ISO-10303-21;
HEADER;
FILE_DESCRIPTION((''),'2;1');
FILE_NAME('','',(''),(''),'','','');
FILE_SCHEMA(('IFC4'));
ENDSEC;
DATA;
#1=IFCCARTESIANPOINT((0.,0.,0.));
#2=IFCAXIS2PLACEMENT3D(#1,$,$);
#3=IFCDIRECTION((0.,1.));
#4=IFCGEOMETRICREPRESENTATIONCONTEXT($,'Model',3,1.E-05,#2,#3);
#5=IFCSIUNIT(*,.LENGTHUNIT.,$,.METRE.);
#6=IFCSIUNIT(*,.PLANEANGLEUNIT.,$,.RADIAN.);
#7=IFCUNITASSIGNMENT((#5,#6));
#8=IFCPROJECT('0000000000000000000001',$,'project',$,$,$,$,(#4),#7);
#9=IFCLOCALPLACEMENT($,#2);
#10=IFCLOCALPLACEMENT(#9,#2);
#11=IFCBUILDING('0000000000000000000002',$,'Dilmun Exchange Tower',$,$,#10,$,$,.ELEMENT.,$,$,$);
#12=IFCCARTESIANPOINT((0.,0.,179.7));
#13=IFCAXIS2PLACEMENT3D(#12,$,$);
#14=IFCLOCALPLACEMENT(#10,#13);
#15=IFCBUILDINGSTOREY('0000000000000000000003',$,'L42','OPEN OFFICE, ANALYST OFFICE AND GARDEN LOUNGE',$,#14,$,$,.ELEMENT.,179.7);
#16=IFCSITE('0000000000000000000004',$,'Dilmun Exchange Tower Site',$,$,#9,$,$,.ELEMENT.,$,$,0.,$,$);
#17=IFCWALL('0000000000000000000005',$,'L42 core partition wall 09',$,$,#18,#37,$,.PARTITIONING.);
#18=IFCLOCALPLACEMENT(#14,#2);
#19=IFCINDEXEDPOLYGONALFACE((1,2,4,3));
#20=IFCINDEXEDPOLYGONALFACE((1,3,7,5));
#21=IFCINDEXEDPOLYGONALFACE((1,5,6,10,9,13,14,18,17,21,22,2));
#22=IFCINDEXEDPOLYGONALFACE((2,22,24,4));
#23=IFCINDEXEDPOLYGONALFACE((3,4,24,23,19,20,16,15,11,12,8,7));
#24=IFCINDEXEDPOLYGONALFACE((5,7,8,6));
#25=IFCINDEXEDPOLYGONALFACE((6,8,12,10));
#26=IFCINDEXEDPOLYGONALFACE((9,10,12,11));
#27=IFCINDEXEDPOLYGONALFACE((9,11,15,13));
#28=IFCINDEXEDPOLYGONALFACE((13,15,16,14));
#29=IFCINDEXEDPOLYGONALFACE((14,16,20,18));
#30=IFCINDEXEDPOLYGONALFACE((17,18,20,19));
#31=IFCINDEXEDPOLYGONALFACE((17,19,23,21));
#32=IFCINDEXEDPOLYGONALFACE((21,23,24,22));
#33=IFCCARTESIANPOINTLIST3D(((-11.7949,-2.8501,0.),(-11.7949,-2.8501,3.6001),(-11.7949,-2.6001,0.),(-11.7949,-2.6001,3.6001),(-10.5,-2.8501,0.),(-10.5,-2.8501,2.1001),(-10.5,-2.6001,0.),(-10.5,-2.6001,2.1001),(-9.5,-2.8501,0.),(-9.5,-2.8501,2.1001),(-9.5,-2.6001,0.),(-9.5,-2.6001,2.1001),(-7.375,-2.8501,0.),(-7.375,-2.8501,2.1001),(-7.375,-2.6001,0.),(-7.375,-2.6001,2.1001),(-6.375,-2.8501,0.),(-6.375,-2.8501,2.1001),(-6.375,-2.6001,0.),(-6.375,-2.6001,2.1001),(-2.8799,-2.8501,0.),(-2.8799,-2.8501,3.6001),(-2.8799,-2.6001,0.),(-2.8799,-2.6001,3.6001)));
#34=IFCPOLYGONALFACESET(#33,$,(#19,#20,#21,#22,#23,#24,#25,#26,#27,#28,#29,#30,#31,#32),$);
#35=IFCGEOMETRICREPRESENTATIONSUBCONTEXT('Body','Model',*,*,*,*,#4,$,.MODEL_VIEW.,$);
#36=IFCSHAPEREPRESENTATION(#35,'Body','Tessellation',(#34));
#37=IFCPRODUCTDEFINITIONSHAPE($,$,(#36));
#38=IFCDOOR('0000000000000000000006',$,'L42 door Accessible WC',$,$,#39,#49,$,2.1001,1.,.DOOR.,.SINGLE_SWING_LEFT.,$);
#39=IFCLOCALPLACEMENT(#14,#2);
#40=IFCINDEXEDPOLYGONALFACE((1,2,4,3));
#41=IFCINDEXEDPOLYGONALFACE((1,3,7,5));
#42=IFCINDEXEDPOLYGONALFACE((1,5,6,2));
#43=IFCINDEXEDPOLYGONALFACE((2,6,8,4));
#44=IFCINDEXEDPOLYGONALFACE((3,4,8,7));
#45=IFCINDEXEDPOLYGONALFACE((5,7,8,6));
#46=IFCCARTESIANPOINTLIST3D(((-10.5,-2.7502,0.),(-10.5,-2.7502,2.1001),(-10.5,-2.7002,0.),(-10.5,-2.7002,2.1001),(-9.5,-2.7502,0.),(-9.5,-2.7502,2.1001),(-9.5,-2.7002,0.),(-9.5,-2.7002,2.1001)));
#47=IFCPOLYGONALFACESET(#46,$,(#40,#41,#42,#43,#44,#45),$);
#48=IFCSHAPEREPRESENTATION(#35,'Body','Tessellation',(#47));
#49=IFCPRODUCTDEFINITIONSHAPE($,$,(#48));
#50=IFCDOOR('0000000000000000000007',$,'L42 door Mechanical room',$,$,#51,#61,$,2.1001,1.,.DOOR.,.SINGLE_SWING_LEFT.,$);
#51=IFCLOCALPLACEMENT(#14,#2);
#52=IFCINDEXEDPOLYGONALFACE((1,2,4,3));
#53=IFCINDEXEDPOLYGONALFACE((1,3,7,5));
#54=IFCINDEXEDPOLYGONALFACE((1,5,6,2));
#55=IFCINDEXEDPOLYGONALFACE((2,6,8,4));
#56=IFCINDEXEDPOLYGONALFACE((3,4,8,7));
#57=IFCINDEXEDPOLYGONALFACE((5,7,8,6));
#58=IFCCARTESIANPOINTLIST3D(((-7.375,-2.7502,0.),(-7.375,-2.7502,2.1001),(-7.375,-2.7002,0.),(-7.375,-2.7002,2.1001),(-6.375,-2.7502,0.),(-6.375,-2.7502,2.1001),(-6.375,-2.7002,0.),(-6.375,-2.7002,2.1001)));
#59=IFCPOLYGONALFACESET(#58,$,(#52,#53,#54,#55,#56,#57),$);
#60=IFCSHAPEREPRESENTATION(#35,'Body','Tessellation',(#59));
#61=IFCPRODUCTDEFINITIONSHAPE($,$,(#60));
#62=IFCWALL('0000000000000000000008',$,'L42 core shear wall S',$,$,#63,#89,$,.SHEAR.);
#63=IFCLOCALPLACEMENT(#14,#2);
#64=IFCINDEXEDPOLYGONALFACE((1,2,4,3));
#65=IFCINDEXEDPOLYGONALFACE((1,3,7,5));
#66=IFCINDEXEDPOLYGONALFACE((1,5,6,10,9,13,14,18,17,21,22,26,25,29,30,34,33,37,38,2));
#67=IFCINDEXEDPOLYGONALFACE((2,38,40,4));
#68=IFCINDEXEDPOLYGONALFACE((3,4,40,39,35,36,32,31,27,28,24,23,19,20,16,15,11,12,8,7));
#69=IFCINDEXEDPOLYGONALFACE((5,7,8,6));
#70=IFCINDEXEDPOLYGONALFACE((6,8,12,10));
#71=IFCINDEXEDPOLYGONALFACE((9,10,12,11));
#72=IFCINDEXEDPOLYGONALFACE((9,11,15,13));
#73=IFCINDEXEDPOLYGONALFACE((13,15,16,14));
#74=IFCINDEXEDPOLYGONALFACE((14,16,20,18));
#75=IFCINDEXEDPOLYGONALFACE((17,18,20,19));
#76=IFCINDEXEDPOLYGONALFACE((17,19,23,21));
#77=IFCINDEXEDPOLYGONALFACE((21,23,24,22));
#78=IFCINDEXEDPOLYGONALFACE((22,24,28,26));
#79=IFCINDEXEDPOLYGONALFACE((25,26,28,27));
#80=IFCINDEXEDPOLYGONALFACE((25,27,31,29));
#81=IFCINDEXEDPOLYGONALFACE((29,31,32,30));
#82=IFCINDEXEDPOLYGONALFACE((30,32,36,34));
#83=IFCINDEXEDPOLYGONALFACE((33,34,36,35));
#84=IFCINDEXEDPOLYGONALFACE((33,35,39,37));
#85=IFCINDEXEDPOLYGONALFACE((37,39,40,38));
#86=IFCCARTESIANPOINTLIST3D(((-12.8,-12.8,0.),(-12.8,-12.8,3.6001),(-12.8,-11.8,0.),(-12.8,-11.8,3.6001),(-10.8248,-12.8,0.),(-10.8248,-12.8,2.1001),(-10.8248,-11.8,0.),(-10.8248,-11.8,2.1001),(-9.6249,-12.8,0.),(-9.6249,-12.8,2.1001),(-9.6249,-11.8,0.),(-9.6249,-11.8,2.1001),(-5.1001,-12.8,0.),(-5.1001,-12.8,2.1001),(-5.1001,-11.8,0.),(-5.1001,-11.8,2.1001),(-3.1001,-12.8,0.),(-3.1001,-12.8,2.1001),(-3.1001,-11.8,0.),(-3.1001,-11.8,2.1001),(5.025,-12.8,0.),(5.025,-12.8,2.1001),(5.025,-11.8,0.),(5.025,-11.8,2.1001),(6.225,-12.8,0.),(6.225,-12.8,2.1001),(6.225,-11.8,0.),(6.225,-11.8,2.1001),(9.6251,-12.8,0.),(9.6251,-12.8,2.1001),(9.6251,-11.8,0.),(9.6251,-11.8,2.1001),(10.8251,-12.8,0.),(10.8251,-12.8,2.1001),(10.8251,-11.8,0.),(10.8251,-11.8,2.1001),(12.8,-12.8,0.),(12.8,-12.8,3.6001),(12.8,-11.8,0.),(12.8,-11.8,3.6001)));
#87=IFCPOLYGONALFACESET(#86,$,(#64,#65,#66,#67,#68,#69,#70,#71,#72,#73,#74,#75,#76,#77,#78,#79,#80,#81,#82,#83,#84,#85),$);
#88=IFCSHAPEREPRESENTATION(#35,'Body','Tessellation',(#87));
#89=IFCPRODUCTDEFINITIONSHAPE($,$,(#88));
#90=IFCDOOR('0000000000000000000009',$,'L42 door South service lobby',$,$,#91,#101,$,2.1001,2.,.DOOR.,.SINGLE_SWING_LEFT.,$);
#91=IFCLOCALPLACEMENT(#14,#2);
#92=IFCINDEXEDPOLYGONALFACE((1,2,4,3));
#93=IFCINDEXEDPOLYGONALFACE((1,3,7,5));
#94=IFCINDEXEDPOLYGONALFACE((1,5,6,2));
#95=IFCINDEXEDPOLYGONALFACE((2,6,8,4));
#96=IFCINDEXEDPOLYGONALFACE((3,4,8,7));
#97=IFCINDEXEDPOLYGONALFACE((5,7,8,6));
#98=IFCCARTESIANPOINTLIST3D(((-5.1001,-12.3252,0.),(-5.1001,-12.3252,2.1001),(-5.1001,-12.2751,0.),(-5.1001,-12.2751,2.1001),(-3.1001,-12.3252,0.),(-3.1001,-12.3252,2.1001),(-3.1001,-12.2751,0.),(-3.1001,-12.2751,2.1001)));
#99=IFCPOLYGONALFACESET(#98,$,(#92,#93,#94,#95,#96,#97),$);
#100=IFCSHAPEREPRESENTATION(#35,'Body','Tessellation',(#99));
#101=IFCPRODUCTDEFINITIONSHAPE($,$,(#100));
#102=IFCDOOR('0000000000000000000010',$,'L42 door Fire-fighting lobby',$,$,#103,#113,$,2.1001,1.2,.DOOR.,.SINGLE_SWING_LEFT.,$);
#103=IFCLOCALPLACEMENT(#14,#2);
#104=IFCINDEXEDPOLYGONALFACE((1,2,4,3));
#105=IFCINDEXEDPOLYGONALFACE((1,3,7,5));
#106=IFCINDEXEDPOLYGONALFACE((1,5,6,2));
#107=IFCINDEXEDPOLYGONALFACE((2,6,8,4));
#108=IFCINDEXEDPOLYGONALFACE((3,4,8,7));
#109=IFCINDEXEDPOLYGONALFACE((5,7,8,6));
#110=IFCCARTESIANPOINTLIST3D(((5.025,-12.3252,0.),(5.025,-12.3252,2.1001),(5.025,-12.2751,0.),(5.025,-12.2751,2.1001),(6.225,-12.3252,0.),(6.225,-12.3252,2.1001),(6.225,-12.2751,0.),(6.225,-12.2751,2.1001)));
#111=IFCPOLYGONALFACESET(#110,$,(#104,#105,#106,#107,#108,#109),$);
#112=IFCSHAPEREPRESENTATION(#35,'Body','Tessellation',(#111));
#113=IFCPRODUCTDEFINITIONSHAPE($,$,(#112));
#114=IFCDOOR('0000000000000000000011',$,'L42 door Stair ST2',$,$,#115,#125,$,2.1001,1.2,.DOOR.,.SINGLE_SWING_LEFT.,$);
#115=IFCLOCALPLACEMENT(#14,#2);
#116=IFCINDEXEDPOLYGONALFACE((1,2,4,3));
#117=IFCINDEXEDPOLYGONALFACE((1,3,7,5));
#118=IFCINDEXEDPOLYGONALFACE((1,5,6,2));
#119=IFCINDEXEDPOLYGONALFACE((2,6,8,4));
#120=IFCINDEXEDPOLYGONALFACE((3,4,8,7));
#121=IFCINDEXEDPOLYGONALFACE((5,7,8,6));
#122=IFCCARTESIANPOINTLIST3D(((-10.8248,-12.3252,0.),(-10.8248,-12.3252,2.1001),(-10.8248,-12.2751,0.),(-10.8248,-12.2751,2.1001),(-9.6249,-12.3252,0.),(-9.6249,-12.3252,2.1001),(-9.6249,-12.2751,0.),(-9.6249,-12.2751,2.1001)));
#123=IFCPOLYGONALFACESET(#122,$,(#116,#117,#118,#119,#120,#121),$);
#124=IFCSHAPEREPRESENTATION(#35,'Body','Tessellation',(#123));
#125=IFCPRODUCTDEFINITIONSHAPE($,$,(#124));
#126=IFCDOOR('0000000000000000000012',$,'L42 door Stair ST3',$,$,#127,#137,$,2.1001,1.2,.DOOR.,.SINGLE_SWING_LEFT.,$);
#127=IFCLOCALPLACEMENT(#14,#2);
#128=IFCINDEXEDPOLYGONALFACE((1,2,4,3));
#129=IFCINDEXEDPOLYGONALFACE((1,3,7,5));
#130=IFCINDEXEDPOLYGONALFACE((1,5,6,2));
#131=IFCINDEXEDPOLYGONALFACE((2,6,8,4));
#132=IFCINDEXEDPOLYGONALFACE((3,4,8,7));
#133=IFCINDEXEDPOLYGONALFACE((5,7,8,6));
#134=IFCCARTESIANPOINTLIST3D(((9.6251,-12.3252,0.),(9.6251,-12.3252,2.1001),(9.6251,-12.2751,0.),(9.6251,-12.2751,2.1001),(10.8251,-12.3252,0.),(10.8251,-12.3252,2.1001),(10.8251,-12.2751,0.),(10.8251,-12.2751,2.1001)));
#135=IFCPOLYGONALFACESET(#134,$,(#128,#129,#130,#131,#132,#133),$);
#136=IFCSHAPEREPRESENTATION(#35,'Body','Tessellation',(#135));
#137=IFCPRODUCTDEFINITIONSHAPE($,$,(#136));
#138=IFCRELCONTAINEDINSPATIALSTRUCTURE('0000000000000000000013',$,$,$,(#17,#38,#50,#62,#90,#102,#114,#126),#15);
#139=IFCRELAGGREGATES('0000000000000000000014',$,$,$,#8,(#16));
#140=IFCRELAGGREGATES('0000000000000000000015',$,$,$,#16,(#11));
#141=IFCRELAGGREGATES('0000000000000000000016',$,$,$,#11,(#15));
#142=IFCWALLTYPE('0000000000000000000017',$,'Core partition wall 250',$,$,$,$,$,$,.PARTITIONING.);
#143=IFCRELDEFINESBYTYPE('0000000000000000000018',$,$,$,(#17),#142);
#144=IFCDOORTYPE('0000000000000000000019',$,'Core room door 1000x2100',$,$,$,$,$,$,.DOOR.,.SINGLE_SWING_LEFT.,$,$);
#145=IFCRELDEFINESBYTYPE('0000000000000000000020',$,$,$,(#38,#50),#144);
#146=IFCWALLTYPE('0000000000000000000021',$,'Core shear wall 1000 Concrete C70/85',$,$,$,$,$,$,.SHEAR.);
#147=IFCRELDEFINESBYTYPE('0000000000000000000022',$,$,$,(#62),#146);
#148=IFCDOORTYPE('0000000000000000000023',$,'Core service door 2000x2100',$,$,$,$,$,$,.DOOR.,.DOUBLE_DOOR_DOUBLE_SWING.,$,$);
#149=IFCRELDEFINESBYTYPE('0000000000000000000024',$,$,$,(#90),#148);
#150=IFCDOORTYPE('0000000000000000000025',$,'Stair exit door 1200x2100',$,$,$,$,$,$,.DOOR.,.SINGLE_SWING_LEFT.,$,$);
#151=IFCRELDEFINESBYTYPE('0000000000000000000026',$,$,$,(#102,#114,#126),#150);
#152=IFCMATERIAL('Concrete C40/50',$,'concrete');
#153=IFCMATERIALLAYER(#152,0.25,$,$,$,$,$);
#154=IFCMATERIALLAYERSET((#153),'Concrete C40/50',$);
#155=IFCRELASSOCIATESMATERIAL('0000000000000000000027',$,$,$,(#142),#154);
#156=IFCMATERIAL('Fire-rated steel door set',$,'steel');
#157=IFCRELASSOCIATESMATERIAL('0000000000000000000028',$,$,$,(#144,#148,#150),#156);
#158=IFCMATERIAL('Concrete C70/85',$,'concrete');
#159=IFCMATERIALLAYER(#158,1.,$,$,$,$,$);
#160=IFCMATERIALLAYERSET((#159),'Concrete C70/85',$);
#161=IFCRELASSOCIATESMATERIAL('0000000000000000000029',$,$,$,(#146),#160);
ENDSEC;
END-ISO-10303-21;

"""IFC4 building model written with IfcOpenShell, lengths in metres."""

from ifc_helpers import new_model, si_unit, direction, frame, frame_2d, origin, place, context, subcontext, project, spatial, rectangle, extrude, material, layer, layer_set, type_object, element, fill, save


model = new_model("IFC4")

# Units and contexts
model_context = context("Model", 3, precision=1e-05, world=origin(), true_north=direction((0.0, 1.0)))
body_context = subcontext(model_context, "Body", "Model", "MODEL_VIEW")
ifc_project = project(units=[si_unit("LENGTHUNIT", "METRE"), si_unit("PLANEANGLEUNIT", "RADIAN")], contexts=[model_context])

# Site, building, storey
site_placement = place(None, origin())
site = spatial("IfcSite", under=ifc_project, at=site_placement, Name="Dilmun Exchange Tower Site", CompositionType="ELEMENT", RefElevation=0.0)
building_placement = place(site_placement, origin())
building = spatial("IfcBuilding", under=site, at=building_placement, Name="Dilmun Exchange Tower", CompositionType="ELEMENT")
storey_placement = place(building_placement, frame((0.0, 0.0, 179.7)))
storey = spatial("IfcBuildingStorey", under=building, at=storey_placement, Name="L42", Description="OPEN OFFICE, ANALYST OFFICE AND GARDEN LOUNGE", CompositionType="ELEMENT", Elevation=179.7)

# Walls, openings, doors
ifc_material_1 = material(Name="Concrete C40/50", Category="concrete")
ifc_layer_1 = layer(ifc_material_1, 0.25)
ifc_layer_set_1 = layer_set([ifc_layer_1], Name="Concrete C40/50")
wall_type_1 = type_object("IfcWallType", Name="Core partition wall 250", PredefinedType="PARTITIONING", material=ifc_layer_set_1)
wall_1_placement = place(storey_placement, frame((-11.7949, -2.7251, 0.0), z_axis=(0.0, 0.0, 1.0), x_axis=(1.0, 0.0, 0.0)))
wall_1 = element("IfcWall", 1, at=wall_1_placement, inside=storey, type_object=wall_type_1, Name="L42 core partition wall 09", PredefinedType="PARTITIONING", context=body_context, shape_type="SweptSolid", body=[
    extrude(rectangle(XDim=8.915, YDim=0.25, at=frame_2d((4.4575, 0.0))), origin(), (0.0, 0.0, 1.0), 3.6001),
])
opening_1_placement = place(wall_1_placement, frame((1.2949, 0.0, 0.0)))
opening_1 = element("IfcOpeningElement", 2, at=opening_1_placement, cuts=wall_1, PredefinedType="OPENING", context=body_context, shape_type="SweptSolid", body=[
    extrude(rectangle(XDim=1.0, YDim=2.1001, at=frame_2d((0.5, 1.05))), frame((0.0, 0.135, 0.0), z_axis=(0.0, -1.0, 0.0), x_axis=(1.0, 0.0, 0.0)), (0.0, 0.0, 1.0), 0.27),
])
opening_2_placement = place(wall_1_placement, frame((4.4199, 0.0, 0.0)))
opening_2 = element("IfcOpeningElement", 3, at=opening_2_placement, cuts=wall_1, PredefinedType="OPENING", context=body_context, shape_type="SweptSolid", body=[
    extrude(rectangle(XDim=1.0, YDim=2.1001, at=frame_2d((0.5, 1.05))), frame((0.0, 0.135, 0.0), z_axis=(0.0, -1.0, 0.0), x_axis=(1.0, 0.0, 0.0)), (0.0, 0.0, 1.0), 0.27),
])
ifc_material_2 = material(Name="Fire-rated steel door set", Category="steel")
door_type_1 = type_object("IfcDoorType", Name="Core room door 1000x2100", OperationType="SINGLE_SWING_LEFT", PredefinedType="DOOR", material=ifc_material_2)
door_1_placement = place(opening_1_placement, origin())
door_1 = element("IfcDoor", 4, at=door_1_placement, inside=storey, type_object=door_type_1, Name="L42 door Accessible WC", OperationType="SINGLE_SWING_LEFT", OverallHeight=2.1001, OverallWidth=1.0, PredefinedType="DOOR", context=body_context, shape_type="SweptSolid", body=[
    extrude(rectangle(XDim=1.0, YDim=2.1001, at=frame_2d((0.5, 1.05))), frame((0.0, 0.0249, 0.0), z_axis=(0.0, -1.0, 0.0), x_axis=(1.0, 0.0, 0.0)), (0.0, 0.0, 1.0), 0.05),
])
fill(opening_1, door_1)
door_2_placement = place(opening_2_placement, origin())
door_2 = element("IfcDoor", 5, at=door_2_placement, inside=storey, type_object=door_type_1, Name="L42 door Mechanical room", OperationType="SINGLE_SWING_LEFT", OverallHeight=2.1001, OverallWidth=1.0, PredefinedType="DOOR", context=body_context, shape_type="SweptSolid", body=[
    extrude(rectangle(XDim=1.0, YDim=2.1001, at=frame_2d((0.5, 1.05))), frame((0.0, 0.0249, 0.0), z_axis=(0.0, -1.0, 0.0), x_axis=(1.0, 0.0, 0.0)), (0.0, 0.0, 1.0), 0.05),
])
fill(opening_2, door_2)
ifc_material_3 = material(Name="Concrete C70/85", Category="concrete")
ifc_layer_2 = layer(ifc_material_3, 1.0)
ifc_layer_set_2 = layer_set([ifc_layer_2], Name="Concrete C70/85")
wall_type_2 = type_object("IfcWallType", Name="Core shear wall 1000 Concrete C70/85", PredefinedType="SHEAR", material=ifc_layer_set_2)
wall_2_placement = place(storey_placement, frame((-12.8, -12.3, 0.0), z_axis=(0.0, 0.0, 1.0), x_axis=(1.0, 0.0, 0.0)))
wall_2 = element("IfcWall", 6, at=wall_2_placement, inside=storey, type_object=wall_type_2, Name="L42 core shear wall S", PredefinedType="SHEAR", context=body_context, shape_type="SweptSolid", body=[
    extrude(rectangle(XDim=25.6001, YDim=1.0, at=frame_2d((12.8, 0.0))), origin(), (0.0, 0.0, 1.0), 3.6001),
])
opening_3_placement = place(wall_2_placement, frame((7.7, 0.0, 0.0)))
opening_3 = element("IfcOpeningElement", 7, at=opening_3_placement, cuts=wall_2, PredefinedType="OPENING", context=body_context, shape_type="SweptSolid", body=[
    extrude(rectangle(XDim=2.0, YDim=2.1001, at=frame_2d((1.0, 1.05))), frame((0.0, 0.51, 0.0), z_axis=(0.0, -1.0, 0.0), x_axis=(1.0, 0.0, 0.0)), (0.0, 0.0, 1.0), 1.02),
])
opening_4_placement = place(wall_2_placement, frame((17.825, 0.0, 0.0)))
opening_4 = element("IfcOpeningElement", 8, at=opening_4_placement, cuts=wall_2, PredefinedType="OPENING", context=body_context, shape_type="SweptSolid", body=[
    extrude(rectangle(XDim=1.2, YDim=2.1001, at=frame_2d((0.6001, 1.05))), frame((0.0, 0.51, 0.0), z_axis=(0.0, -1.0, 0.0), x_axis=(1.0, 0.0, 0.0)), (0.0, 0.0, 1.0), 1.02),
])
opening_5_placement = place(wall_2_placement, frame((1.9751, 0.0, 0.0)))
opening_5 = element("IfcOpeningElement", 9, at=opening_5_placement, cuts=wall_2, PredefinedType="OPENING", context=body_context, shape_type="SweptSolid", body=[
    extrude(rectangle(XDim=1.2, YDim=2.1001, at=frame_2d((0.6001, 1.05))), frame((0.0, 0.51, 0.0), z_axis=(0.0, -1.0, 0.0), x_axis=(1.0, 0.0, 0.0)), (0.0, 0.0, 1.0), 1.02),
])
opening_6_placement = place(wall_2_placement, frame((22.425, 0.0, 0.0)))
opening_6 = element("IfcOpeningElement", 10, at=opening_6_placement, cuts=wall_2, PredefinedType="OPENING", context=body_context, shape_type="SweptSolid", body=[
    extrude(rectangle(XDim=1.2, YDim=2.1001, at=frame_2d((0.6001, 1.05))), frame((0.0, 0.51, 0.0), z_axis=(0.0, -1.0, 0.0), x_axis=(1.0, 0.0, 0.0)), (0.0, 0.0, 1.0), 1.02),
])
door_type_2 = type_object("IfcDoorType", Name="Core service door 2000x2100", OperationType="DOUBLE_DOOR_DOUBLE_SWING", PredefinedType="DOOR", material=ifc_material_2)
door_3_placement = place(opening_3_placement, origin())
door_3 = element("IfcDoor", 11, at=door_3_placement, inside=storey, type_object=door_type_2, Name="L42 door South service lobby", OperationType="SINGLE_SWING_LEFT", OverallHeight=2.1001, OverallWidth=2.0, PredefinedType="DOOR", context=body_context, shape_type="SweptSolid", body=[
    extrude(rectangle(XDim=2.0, YDim=2.1001, at=frame_2d((1.0, 1.05))), frame((0.0, 0.0249, 0.0), z_axis=(0.0, -1.0, 0.0), x_axis=(1.0, 0.0, 0.0)), (0.0, 0.0, 1.0), 0.05),
])
fill(opening_3, door_3)
door_type_3 = type_object("IfcDoorType", Name="Stair exit door 1200x2100", OperationType="SINGLE_SWING_LEFT", PredefinedType="DOOR", material=ifc_material_2)
door_4_placement = place(opening_4_placement, origin())
door_4 = element("IfcDoor", 12, at=door_4_placement, inside=storey, type_object=door_type_3, Name="L42 door Fire-fighting lobby", OperationType="SINGLE_SWING_LEFT", OverallHeight=2.1001, OverallWidth=1.2, PredefinedType="DOOR", context=body_context, shape_type="SweptSolid", body=[
    extrude(rectangle(XDim=1.2, YDim=2.1001, at=frame_2d((0.6001, 1.05))), frame((0.0, 0.0249, 0.0), z_axis=(0.0, -1.0, 0.0), x_axis=(1.0, 0.0, 0.0)), (0.0, 0.0, 1.0), 0.05),
])
fill(opening_4, door_4)
door_5_placement = place(opening_5_placement, origin())
door_5 = element("IfcDoor", 13, at=door_5_placement, inside=storey, type_object=door_type_3, Name="L42 door Stair ST2", OperationType="SINGLE_SWING_LEFT", OverallHeight=2.1001, OverallWidth=1.2, PredefinedType="DOOR", context=body_context, shape_type="SweptSolid", body=[
    extrude(rectangle(XDim=1.2, YDim=2.1001, at=frame_2d((0.6001, 1.05))), frame((0.0, 0.0249, 0.0), z_axis=(0.0, -1.0, 0.0), x_axis=(1.0, 0.0, 0.0)), (0.0, 0.0, 1.0), 0.05),
])
fill(opening_5, door_5)
door_6_placement = place(opening_6_placement, origin())
door_6 = element("IfcDoor", 14, at=door_6_placement, inside=storey, type_object=door_type_3, Name="L42 door Stair ST3", OperationType="SINGLE_SWING_LEFT", OverallHeight=2.1001, OverallWidth=1.2, PredefinedType="DOOR", context=body_context, shape_type="SweptSolid", body=[
    extrude(rectangle(XDim=1.2, YDim=2.1001, at=frame_2d((0.6001, 1.05))), frame((0.0, 0.0249, 0.0), z_axis=(0.0, -1.0, 0.0), x_axis=(1.0, 0.0, 0.0)), (0.0, 0.0, 1.0), 0.05),
])
fill(opening_6, door_6)

save(model, "model.ifc")
